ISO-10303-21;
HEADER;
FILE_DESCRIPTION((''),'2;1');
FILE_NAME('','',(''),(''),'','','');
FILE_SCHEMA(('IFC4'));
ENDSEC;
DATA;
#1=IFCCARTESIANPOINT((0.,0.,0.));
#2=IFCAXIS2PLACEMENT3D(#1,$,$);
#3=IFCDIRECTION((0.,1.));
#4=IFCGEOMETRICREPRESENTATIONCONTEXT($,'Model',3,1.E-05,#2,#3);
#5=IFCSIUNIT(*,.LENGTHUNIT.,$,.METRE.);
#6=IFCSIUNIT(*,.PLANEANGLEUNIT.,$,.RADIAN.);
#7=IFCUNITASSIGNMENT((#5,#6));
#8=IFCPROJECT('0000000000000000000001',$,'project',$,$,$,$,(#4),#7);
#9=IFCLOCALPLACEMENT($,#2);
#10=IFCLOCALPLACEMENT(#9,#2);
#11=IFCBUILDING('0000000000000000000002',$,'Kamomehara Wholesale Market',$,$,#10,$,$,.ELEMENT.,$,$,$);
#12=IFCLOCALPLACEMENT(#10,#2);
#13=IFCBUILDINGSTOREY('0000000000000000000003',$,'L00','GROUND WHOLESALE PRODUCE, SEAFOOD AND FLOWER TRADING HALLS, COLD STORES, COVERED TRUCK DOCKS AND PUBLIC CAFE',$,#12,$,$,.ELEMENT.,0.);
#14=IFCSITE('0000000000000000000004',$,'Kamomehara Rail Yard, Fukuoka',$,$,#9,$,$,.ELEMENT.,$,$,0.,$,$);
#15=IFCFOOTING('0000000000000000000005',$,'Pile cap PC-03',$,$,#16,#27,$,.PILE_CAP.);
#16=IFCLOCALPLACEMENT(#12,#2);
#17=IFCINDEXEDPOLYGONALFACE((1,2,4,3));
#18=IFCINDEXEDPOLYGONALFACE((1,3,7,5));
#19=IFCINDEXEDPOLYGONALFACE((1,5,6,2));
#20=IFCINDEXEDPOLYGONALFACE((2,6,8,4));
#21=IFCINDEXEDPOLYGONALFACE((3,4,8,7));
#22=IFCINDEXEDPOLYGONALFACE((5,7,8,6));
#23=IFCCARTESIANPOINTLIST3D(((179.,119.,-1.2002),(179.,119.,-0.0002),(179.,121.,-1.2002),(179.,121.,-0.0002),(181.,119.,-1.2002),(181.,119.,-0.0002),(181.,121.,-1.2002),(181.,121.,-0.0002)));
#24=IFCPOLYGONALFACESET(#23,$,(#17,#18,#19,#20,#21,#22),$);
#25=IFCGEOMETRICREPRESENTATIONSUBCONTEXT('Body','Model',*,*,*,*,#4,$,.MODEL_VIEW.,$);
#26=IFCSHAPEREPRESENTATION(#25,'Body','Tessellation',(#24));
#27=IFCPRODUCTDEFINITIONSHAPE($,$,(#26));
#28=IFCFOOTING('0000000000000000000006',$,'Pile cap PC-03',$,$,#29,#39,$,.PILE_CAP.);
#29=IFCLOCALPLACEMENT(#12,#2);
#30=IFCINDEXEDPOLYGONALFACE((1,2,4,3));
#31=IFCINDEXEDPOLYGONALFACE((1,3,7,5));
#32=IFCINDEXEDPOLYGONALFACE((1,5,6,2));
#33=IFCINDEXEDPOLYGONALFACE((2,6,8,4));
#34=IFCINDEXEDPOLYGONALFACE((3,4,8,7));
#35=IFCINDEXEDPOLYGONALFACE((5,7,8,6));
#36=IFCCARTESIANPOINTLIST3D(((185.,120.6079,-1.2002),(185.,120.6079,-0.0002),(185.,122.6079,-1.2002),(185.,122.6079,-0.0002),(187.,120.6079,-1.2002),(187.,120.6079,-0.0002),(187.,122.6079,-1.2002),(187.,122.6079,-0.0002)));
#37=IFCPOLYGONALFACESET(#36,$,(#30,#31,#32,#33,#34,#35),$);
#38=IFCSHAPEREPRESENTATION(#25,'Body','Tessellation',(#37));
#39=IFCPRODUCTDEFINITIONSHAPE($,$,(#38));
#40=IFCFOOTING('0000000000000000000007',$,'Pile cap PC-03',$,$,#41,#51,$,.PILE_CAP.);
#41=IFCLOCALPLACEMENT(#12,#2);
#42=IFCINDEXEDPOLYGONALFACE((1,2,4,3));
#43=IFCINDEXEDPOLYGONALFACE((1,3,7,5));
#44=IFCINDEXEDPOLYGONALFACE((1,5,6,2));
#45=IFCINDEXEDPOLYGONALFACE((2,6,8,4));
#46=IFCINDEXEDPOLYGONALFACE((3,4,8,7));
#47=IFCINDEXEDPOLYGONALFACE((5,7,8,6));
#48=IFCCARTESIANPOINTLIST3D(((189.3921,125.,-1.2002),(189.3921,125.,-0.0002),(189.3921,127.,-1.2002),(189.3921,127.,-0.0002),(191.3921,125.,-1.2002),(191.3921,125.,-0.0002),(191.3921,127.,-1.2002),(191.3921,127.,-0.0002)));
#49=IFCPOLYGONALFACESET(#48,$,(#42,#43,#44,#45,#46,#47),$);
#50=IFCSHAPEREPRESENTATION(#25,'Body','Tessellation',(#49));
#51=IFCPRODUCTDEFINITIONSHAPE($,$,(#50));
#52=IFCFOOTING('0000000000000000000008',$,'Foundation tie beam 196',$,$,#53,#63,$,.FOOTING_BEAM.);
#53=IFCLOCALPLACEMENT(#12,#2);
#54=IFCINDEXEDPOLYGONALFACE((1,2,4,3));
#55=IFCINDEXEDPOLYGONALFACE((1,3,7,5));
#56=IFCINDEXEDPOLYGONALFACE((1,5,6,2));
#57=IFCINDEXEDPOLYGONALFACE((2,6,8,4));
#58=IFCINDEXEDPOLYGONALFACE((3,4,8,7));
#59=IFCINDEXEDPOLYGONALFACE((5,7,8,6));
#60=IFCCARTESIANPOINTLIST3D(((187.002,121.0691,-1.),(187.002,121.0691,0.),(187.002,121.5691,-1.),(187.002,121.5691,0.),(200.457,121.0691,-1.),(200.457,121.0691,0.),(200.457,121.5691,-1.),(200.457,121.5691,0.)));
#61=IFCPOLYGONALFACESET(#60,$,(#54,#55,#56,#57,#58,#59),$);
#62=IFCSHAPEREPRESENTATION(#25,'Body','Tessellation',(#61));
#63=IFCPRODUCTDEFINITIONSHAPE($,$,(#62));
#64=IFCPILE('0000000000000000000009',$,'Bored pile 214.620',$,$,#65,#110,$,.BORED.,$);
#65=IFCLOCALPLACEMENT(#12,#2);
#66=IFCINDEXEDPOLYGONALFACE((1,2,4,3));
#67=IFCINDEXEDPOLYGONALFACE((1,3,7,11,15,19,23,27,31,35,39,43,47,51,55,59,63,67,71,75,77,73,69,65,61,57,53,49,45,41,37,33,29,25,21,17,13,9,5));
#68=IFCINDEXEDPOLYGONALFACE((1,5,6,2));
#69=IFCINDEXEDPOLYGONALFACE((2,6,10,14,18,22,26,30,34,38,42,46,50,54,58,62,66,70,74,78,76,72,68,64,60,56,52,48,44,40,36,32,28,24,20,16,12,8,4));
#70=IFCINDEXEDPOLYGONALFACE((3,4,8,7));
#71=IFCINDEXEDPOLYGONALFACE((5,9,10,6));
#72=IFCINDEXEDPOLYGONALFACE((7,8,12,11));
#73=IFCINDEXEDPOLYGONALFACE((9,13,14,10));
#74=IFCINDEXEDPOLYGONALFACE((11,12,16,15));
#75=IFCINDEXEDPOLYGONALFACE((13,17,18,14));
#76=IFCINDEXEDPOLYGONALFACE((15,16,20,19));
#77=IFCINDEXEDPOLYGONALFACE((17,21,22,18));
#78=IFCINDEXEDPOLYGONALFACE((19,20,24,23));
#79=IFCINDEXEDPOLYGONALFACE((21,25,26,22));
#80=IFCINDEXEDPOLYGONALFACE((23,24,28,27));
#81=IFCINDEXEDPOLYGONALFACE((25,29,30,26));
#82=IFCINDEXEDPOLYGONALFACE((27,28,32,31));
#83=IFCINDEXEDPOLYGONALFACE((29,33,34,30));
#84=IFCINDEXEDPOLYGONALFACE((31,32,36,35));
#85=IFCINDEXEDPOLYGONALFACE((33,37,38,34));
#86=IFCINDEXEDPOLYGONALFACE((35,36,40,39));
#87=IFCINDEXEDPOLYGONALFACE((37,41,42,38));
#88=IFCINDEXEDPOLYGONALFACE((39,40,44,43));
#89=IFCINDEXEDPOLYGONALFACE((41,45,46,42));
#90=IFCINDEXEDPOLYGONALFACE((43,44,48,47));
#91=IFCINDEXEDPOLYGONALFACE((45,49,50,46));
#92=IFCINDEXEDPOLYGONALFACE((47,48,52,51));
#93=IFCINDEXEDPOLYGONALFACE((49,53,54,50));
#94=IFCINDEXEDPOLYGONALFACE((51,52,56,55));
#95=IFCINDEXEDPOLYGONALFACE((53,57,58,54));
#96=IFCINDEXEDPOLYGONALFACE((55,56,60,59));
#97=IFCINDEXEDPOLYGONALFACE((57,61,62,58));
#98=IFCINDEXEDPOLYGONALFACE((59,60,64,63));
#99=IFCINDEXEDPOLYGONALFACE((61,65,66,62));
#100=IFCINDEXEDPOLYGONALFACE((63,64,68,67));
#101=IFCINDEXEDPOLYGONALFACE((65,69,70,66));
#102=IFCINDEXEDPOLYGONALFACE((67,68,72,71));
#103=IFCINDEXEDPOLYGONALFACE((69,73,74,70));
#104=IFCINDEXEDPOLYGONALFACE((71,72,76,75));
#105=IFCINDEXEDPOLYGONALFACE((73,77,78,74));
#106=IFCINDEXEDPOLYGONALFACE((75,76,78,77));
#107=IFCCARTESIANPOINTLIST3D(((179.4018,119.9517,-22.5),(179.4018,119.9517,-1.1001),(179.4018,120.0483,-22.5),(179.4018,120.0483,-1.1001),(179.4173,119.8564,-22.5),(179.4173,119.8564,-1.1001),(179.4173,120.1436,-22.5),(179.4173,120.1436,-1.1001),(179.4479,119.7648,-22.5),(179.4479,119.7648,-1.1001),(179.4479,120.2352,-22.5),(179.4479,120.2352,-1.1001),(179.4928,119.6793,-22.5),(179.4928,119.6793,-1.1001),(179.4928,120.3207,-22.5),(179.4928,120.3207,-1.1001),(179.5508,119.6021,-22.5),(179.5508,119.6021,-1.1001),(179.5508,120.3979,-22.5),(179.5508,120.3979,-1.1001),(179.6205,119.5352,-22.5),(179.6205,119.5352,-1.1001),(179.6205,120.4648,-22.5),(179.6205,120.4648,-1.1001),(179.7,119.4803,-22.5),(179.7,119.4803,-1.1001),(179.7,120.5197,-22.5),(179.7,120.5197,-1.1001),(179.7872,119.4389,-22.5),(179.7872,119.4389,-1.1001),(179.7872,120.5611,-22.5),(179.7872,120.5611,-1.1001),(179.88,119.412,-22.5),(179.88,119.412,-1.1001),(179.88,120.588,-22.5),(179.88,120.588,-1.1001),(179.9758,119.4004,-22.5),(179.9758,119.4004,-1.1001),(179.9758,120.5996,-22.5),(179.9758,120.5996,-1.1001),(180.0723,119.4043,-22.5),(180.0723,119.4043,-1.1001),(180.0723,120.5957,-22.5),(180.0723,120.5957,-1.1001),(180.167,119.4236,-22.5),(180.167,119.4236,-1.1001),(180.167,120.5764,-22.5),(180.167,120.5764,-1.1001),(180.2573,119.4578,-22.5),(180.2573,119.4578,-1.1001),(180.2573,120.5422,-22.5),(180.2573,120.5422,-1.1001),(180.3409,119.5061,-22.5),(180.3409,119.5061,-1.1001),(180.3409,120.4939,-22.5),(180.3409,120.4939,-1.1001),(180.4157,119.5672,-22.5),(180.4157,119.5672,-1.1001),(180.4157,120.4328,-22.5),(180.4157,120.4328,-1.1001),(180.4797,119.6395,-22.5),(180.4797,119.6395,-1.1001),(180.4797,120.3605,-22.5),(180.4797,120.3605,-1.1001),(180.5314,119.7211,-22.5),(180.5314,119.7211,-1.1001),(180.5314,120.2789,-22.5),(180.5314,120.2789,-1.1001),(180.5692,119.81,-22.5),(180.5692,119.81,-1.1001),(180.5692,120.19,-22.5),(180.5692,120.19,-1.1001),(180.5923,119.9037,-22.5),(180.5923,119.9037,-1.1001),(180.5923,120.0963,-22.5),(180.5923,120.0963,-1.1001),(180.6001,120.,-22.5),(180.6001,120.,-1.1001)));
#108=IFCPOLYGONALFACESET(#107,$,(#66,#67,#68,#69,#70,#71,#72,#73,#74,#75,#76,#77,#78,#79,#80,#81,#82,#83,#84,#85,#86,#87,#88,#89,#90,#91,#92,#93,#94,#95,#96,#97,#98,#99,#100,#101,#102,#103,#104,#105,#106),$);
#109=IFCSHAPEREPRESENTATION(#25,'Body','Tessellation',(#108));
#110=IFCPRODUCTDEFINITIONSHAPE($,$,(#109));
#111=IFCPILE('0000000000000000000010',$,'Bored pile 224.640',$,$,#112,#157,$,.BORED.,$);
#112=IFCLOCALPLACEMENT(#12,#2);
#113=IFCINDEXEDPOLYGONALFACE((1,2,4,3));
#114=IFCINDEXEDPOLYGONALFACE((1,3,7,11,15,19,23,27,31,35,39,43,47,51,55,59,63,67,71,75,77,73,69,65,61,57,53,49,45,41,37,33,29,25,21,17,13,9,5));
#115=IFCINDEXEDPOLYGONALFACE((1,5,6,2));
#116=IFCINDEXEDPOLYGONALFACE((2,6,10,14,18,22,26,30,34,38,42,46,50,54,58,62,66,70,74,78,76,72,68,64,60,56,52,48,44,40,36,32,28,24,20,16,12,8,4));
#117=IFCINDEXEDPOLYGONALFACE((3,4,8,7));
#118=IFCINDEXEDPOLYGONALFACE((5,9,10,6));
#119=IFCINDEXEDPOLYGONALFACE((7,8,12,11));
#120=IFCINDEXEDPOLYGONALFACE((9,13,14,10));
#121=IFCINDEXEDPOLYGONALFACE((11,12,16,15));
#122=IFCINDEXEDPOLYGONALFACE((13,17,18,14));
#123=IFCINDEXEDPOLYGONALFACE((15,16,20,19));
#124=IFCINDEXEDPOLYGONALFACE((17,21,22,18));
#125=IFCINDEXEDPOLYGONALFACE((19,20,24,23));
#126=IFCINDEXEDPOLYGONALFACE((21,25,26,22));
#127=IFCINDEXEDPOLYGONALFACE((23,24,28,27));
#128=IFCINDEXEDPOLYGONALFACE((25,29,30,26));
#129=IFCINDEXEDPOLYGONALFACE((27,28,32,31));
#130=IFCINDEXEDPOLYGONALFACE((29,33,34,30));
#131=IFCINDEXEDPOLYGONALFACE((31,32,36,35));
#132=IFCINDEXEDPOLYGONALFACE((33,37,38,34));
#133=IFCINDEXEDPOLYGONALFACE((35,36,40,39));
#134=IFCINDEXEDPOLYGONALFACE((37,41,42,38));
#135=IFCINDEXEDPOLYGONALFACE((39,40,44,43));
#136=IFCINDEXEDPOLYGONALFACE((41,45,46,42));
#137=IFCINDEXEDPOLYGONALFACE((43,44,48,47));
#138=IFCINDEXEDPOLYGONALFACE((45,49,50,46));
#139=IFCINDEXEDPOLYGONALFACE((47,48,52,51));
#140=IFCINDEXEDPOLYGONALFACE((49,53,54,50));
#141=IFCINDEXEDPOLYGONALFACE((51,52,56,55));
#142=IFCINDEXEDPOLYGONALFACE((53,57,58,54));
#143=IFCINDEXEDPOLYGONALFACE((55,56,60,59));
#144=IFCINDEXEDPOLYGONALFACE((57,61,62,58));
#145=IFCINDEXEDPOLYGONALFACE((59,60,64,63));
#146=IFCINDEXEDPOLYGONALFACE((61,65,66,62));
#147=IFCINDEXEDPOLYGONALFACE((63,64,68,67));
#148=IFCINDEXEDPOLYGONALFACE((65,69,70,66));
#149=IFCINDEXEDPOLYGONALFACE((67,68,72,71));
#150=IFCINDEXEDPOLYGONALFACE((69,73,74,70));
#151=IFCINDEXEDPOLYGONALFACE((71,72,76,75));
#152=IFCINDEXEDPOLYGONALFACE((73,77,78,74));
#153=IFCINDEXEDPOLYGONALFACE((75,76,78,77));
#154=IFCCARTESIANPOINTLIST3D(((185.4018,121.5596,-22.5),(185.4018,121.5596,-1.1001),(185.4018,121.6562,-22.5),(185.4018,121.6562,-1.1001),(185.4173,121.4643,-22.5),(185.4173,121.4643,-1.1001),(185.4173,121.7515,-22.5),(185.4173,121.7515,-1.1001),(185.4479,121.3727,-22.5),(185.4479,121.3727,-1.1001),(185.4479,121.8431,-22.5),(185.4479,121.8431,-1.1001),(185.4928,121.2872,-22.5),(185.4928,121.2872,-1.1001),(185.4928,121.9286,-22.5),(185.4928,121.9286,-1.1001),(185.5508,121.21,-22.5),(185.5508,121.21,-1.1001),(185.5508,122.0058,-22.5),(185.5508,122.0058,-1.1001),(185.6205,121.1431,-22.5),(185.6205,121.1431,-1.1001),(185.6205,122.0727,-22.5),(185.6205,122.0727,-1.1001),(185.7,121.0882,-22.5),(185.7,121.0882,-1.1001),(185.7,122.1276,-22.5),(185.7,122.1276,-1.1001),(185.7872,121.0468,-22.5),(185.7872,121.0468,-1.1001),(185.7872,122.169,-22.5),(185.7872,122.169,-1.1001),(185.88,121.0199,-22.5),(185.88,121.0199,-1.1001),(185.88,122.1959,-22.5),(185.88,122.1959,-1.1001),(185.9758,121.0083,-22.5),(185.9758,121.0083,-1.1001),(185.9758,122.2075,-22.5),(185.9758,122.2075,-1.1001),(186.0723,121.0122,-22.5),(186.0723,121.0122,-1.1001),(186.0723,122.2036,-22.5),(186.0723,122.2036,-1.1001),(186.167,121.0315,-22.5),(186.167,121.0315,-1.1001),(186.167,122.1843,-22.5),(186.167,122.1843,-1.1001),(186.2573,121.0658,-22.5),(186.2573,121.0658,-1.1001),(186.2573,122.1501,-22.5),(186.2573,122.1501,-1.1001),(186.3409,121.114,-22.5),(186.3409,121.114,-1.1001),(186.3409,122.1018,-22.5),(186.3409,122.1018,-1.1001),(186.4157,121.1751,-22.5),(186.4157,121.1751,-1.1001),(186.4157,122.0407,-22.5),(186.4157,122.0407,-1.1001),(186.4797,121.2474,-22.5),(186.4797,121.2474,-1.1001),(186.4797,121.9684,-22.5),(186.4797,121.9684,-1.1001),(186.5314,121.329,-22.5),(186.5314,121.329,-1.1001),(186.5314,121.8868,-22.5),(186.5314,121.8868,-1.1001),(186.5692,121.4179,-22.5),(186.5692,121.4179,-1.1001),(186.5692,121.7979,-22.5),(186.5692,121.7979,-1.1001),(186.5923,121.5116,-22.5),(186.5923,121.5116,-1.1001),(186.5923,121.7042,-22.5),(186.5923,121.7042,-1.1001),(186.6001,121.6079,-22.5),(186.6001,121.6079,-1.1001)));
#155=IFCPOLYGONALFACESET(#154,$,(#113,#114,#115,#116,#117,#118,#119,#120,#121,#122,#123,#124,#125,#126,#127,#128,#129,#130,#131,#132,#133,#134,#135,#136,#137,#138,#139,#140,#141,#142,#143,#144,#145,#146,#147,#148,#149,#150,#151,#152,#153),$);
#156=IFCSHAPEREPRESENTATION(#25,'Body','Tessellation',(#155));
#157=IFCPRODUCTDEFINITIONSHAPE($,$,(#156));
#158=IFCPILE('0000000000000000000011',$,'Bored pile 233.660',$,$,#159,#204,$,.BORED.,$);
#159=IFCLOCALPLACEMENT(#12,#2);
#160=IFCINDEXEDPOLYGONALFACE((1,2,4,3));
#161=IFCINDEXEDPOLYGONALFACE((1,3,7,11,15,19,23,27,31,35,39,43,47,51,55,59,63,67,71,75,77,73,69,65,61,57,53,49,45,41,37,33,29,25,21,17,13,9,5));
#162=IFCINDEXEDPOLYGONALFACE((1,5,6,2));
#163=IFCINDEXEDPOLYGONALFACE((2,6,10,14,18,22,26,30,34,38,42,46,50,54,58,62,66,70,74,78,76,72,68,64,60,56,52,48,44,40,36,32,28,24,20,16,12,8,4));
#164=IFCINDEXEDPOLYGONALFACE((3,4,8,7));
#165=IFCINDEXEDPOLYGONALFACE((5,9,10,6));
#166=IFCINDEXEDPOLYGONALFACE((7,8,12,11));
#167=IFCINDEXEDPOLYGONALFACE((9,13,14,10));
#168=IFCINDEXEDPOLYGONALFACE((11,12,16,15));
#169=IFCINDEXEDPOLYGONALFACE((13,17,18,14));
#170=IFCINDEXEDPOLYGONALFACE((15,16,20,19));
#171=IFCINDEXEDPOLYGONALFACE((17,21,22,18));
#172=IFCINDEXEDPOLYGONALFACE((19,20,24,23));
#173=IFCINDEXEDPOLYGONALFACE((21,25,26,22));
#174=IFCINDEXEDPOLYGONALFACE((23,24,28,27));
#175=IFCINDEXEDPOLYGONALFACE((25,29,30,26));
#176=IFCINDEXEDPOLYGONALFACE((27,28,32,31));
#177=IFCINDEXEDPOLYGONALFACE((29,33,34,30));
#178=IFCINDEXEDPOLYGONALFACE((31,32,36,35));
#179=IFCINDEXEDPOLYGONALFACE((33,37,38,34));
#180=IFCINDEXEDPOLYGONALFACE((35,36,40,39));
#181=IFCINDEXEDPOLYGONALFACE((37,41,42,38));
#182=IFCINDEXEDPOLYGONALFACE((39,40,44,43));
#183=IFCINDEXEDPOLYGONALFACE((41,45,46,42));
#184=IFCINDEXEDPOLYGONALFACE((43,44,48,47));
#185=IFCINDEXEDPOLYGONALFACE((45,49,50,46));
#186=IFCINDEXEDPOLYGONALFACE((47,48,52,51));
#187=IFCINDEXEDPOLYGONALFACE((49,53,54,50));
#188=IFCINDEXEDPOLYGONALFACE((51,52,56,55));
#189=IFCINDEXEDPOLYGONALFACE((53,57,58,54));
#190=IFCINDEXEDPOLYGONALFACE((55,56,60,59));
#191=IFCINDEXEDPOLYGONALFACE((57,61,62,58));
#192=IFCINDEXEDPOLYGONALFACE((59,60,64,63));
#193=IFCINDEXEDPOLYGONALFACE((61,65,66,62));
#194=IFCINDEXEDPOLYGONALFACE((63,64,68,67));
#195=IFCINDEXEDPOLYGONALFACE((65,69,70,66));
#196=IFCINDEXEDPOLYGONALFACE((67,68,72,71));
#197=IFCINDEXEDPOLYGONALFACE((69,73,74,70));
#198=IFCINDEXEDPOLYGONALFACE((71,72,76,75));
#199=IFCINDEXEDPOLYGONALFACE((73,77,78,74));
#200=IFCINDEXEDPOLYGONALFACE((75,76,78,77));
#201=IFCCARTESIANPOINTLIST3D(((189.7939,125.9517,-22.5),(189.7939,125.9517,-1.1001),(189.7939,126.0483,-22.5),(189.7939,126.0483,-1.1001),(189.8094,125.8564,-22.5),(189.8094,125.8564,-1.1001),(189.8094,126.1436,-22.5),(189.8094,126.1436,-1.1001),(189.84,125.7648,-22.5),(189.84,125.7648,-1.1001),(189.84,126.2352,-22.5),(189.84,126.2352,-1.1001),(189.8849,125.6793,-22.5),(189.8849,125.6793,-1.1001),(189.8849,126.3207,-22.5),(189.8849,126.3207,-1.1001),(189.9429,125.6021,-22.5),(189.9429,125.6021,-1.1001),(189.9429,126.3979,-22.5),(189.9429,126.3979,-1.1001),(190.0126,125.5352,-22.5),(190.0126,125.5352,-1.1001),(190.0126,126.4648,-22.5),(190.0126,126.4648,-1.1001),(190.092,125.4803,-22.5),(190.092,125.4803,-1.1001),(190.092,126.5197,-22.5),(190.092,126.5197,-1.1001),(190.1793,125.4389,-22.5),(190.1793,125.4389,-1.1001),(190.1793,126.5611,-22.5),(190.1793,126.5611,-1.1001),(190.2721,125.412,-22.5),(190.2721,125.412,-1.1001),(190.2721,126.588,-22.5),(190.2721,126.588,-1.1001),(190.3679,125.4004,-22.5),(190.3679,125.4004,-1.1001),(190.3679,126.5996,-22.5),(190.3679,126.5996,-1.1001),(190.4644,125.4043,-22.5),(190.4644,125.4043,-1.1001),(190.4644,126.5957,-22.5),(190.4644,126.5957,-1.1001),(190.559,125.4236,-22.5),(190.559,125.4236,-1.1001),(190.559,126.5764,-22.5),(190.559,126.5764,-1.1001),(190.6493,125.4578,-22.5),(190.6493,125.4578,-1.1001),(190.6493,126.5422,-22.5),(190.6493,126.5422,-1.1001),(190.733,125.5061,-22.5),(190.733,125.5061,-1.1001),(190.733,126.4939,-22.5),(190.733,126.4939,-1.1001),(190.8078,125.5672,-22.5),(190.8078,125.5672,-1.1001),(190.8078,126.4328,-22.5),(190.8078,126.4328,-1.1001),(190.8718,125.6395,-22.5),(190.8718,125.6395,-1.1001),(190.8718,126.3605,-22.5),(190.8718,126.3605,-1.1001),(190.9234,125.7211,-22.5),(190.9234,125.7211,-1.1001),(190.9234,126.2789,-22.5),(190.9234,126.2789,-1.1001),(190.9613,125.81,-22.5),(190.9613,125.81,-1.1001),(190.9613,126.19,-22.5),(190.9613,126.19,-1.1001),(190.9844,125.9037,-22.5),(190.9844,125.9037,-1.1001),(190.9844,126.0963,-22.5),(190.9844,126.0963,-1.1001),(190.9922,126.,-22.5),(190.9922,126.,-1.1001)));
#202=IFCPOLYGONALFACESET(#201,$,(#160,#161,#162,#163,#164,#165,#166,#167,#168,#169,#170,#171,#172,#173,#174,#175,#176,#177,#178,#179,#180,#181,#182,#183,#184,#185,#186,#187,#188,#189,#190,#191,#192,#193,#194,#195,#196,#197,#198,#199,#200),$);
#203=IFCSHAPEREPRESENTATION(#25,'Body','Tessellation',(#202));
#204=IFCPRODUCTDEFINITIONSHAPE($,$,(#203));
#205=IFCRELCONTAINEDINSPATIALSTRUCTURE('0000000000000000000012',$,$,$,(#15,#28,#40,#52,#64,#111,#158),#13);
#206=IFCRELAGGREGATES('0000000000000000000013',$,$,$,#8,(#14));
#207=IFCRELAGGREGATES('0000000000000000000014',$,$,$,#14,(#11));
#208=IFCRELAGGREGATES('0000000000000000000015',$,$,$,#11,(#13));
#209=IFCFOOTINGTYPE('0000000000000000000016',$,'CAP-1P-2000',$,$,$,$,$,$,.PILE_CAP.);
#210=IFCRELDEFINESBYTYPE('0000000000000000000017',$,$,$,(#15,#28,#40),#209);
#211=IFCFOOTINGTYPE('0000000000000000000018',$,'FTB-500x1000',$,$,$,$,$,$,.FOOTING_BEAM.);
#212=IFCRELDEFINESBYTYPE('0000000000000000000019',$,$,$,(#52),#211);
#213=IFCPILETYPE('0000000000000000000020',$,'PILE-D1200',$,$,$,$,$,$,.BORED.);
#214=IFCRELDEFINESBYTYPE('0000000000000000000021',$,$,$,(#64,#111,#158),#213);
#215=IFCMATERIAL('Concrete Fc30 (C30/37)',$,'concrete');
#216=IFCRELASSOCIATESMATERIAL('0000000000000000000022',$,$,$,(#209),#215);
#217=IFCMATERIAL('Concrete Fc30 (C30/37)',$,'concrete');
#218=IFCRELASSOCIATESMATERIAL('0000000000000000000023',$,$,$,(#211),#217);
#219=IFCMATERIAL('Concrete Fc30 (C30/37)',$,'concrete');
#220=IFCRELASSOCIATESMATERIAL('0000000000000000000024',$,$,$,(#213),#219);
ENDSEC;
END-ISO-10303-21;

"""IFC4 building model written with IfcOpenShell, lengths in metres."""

from ifc_helpers import new_model, si_unit, direction, frame, origin, origin_2d, place, context, subcontext, project, spatial, rectangle, circle, extrude, material, material_profile, profile_set, type_object, element, save


model = new_model("IFC4")

# Units and contexts
model_context = context("Model", 3, precision=1e-05, world=origin(), true_north=direction((0.0, 1.0)))
body_context = subcontext(model_context, "Body", "Model", "MODEL_VIEW")
ifc_project = project(units=[si_unit("LENGTHUNIT", "METRE"), si_unit("PLANEANGLEUNIT", "RADIAN")], contexts=[model_context])

# Site, building, storey
site_placement = place(None, origin())
site = spatial("IfcSite", under=ifc_project, at=site_placement, Name="Kamomehara Rail Yard, Fukuoka", CompositionType="ELEMENT", RefElevation=0.0)
building_placement = place(site_placement, origin())
building = spatial("IfcBuilding", under=site, at=building_placement, Name="Kamomehara Wholesale Market", CompositionType="ELEMENT")
storey_placement = place(building_placement, origin())
storey = spatial("IfcBuildingStorey", under=building, at=storey_placement, Name="L00", Description="GROUND WHOLESALE PRODUCE, SEAFOOD AND FLOWER TRADING HALLS, COLD STORES, COVERED TRUCK DOCKS AND PUBLIC CAFE", CompositionType="ELEMENT", Elevation=0.0)

# Footings
ifc_material_1 = material(Name="Concrete Fc30 (C30/37)", Category="concrete")
footing_type_1 = type_object("IfcFootingType", Name="CAP-1P-2000", PredefinedType="PILE_CAP", material=ifc_material_1)
for number, where, z_axis, x_axis, name in (
    (1, (180.0, 120.0, -1.2002), (0.0, 0.0, 1.0), (1.0, 0.0, 0.0), "Pile cap PC-03"),
    (2, (186.0, 121.6079, -1.2002), (0.0, 0.0, 1.0), (1.0, 0.0, 0.0), "Pile cap PC-03"),
    (3, (190.3921, 126.0, -1.2002), (0.0, 0.0, 1.0), (1.0, 0.0, 0.0), "Pile cap PC-03"),
):
    element("IfcFooting", number, at=place(storey_placement, frame(where, z_axis=z_axis, x_axis=x_axis)), inside=storey, type_object=footing_type_1, Name=name, PredefinedType="PILE_CAP", context=body_context, shape_type="SweptSolid", body=[
        extrude(rectangle(XDim=2.0, YDim=2.0, at=origin_2d()), origin(), (0.0, 0.0, 1.0), 1.2),
    ])
ifc_material_2 = material(Name="Concrete Fc30 (C30/37)", Category="concrete")
ifc_material_profile_1 = material_profile(ifc_material_2, rectangle(XDim=0.5, YDim=1.0, at=origin_2d()), Name="RC-FTB-500x1000")
ifc_profile_set_1 = profile_set([ifc_material_profile_1], Name="Concrete Fc30 (C30/37)")
footing_type_2 = type_object("IfcFootingType", Name="FTB-500x1000", PredefinedType="FOOTING_BEAM", material=ifc_profile_set_1)
footing_placement = place(storey_placement, frame((187.002, 121.3191, -0.5), z_axis=(1.0, 0.0, 0.0), x_axis=(0.0, 1.0, 0.0)))
element("IfcFooting", 4, at=footing_placement, inside=storey, type_object=footing_type_2, Name="Foundation tie beam 196", PredefinedType="FOOTING_BEAM", context=body_context, shape_type="SweptSolid", body=[
    extrude(rectangle(XDim=0.5, YDim=1.0, at=origin_2d()), origin(), (0.0, 0.0, 1.0), 13.4551),
])

# Piles
ifc_material_3 = material(Name="Concrete Fc30 (C30/37)", Category="concrete")
ifc_material_profile_2 = material_profile(ifc_material_3, circle(Radius=0.6001, at=origin_2d()), Name="RC-PILE-D1200")
ifc_profile_set_2 = profile_set([ifc_material_profile_2], Name="Concrete Fc30 (C30/37)")
pile_type = type_object("IfcPileType", Name="PILE-D1200", PredefinedType="BORED", material=ifc_profile_set_2)
for number, where, z_axis, x_axis, name in (
    (5, (180.0, 120.0, -1.1001), (0.0, 0.0, -1.0), (1.0, 0.0, 0.0), "Bored pile 214.620"),
    (6, (186.0, 121.6079, -1.1001), (0.0, 0.0, -1.0), (1.0, 0.0, 0.0), "Bored pile 224.640"),
    (7, (190.3921, 126.0, -1.1001), (0.0, 0.0, -1.0), (1.0, 0.0, 0.0), "Bored pile 233.660"),
):
    element("IfcPile", number, at=place(storey_placement, frame(where, z_axis=z_axis, x_axis=x_axis)), inside=storey, type_object=pile_type, Name=name, PredefinedType="BORED", context=body_context, shape_type="SweptSolid", body=[
        extrude(circle(Radius=0.6001, at=origin_2d()), origin(), (0.0, 0.0, 1.0), 21.3999),
    ])

save(model, "model.ifc")
